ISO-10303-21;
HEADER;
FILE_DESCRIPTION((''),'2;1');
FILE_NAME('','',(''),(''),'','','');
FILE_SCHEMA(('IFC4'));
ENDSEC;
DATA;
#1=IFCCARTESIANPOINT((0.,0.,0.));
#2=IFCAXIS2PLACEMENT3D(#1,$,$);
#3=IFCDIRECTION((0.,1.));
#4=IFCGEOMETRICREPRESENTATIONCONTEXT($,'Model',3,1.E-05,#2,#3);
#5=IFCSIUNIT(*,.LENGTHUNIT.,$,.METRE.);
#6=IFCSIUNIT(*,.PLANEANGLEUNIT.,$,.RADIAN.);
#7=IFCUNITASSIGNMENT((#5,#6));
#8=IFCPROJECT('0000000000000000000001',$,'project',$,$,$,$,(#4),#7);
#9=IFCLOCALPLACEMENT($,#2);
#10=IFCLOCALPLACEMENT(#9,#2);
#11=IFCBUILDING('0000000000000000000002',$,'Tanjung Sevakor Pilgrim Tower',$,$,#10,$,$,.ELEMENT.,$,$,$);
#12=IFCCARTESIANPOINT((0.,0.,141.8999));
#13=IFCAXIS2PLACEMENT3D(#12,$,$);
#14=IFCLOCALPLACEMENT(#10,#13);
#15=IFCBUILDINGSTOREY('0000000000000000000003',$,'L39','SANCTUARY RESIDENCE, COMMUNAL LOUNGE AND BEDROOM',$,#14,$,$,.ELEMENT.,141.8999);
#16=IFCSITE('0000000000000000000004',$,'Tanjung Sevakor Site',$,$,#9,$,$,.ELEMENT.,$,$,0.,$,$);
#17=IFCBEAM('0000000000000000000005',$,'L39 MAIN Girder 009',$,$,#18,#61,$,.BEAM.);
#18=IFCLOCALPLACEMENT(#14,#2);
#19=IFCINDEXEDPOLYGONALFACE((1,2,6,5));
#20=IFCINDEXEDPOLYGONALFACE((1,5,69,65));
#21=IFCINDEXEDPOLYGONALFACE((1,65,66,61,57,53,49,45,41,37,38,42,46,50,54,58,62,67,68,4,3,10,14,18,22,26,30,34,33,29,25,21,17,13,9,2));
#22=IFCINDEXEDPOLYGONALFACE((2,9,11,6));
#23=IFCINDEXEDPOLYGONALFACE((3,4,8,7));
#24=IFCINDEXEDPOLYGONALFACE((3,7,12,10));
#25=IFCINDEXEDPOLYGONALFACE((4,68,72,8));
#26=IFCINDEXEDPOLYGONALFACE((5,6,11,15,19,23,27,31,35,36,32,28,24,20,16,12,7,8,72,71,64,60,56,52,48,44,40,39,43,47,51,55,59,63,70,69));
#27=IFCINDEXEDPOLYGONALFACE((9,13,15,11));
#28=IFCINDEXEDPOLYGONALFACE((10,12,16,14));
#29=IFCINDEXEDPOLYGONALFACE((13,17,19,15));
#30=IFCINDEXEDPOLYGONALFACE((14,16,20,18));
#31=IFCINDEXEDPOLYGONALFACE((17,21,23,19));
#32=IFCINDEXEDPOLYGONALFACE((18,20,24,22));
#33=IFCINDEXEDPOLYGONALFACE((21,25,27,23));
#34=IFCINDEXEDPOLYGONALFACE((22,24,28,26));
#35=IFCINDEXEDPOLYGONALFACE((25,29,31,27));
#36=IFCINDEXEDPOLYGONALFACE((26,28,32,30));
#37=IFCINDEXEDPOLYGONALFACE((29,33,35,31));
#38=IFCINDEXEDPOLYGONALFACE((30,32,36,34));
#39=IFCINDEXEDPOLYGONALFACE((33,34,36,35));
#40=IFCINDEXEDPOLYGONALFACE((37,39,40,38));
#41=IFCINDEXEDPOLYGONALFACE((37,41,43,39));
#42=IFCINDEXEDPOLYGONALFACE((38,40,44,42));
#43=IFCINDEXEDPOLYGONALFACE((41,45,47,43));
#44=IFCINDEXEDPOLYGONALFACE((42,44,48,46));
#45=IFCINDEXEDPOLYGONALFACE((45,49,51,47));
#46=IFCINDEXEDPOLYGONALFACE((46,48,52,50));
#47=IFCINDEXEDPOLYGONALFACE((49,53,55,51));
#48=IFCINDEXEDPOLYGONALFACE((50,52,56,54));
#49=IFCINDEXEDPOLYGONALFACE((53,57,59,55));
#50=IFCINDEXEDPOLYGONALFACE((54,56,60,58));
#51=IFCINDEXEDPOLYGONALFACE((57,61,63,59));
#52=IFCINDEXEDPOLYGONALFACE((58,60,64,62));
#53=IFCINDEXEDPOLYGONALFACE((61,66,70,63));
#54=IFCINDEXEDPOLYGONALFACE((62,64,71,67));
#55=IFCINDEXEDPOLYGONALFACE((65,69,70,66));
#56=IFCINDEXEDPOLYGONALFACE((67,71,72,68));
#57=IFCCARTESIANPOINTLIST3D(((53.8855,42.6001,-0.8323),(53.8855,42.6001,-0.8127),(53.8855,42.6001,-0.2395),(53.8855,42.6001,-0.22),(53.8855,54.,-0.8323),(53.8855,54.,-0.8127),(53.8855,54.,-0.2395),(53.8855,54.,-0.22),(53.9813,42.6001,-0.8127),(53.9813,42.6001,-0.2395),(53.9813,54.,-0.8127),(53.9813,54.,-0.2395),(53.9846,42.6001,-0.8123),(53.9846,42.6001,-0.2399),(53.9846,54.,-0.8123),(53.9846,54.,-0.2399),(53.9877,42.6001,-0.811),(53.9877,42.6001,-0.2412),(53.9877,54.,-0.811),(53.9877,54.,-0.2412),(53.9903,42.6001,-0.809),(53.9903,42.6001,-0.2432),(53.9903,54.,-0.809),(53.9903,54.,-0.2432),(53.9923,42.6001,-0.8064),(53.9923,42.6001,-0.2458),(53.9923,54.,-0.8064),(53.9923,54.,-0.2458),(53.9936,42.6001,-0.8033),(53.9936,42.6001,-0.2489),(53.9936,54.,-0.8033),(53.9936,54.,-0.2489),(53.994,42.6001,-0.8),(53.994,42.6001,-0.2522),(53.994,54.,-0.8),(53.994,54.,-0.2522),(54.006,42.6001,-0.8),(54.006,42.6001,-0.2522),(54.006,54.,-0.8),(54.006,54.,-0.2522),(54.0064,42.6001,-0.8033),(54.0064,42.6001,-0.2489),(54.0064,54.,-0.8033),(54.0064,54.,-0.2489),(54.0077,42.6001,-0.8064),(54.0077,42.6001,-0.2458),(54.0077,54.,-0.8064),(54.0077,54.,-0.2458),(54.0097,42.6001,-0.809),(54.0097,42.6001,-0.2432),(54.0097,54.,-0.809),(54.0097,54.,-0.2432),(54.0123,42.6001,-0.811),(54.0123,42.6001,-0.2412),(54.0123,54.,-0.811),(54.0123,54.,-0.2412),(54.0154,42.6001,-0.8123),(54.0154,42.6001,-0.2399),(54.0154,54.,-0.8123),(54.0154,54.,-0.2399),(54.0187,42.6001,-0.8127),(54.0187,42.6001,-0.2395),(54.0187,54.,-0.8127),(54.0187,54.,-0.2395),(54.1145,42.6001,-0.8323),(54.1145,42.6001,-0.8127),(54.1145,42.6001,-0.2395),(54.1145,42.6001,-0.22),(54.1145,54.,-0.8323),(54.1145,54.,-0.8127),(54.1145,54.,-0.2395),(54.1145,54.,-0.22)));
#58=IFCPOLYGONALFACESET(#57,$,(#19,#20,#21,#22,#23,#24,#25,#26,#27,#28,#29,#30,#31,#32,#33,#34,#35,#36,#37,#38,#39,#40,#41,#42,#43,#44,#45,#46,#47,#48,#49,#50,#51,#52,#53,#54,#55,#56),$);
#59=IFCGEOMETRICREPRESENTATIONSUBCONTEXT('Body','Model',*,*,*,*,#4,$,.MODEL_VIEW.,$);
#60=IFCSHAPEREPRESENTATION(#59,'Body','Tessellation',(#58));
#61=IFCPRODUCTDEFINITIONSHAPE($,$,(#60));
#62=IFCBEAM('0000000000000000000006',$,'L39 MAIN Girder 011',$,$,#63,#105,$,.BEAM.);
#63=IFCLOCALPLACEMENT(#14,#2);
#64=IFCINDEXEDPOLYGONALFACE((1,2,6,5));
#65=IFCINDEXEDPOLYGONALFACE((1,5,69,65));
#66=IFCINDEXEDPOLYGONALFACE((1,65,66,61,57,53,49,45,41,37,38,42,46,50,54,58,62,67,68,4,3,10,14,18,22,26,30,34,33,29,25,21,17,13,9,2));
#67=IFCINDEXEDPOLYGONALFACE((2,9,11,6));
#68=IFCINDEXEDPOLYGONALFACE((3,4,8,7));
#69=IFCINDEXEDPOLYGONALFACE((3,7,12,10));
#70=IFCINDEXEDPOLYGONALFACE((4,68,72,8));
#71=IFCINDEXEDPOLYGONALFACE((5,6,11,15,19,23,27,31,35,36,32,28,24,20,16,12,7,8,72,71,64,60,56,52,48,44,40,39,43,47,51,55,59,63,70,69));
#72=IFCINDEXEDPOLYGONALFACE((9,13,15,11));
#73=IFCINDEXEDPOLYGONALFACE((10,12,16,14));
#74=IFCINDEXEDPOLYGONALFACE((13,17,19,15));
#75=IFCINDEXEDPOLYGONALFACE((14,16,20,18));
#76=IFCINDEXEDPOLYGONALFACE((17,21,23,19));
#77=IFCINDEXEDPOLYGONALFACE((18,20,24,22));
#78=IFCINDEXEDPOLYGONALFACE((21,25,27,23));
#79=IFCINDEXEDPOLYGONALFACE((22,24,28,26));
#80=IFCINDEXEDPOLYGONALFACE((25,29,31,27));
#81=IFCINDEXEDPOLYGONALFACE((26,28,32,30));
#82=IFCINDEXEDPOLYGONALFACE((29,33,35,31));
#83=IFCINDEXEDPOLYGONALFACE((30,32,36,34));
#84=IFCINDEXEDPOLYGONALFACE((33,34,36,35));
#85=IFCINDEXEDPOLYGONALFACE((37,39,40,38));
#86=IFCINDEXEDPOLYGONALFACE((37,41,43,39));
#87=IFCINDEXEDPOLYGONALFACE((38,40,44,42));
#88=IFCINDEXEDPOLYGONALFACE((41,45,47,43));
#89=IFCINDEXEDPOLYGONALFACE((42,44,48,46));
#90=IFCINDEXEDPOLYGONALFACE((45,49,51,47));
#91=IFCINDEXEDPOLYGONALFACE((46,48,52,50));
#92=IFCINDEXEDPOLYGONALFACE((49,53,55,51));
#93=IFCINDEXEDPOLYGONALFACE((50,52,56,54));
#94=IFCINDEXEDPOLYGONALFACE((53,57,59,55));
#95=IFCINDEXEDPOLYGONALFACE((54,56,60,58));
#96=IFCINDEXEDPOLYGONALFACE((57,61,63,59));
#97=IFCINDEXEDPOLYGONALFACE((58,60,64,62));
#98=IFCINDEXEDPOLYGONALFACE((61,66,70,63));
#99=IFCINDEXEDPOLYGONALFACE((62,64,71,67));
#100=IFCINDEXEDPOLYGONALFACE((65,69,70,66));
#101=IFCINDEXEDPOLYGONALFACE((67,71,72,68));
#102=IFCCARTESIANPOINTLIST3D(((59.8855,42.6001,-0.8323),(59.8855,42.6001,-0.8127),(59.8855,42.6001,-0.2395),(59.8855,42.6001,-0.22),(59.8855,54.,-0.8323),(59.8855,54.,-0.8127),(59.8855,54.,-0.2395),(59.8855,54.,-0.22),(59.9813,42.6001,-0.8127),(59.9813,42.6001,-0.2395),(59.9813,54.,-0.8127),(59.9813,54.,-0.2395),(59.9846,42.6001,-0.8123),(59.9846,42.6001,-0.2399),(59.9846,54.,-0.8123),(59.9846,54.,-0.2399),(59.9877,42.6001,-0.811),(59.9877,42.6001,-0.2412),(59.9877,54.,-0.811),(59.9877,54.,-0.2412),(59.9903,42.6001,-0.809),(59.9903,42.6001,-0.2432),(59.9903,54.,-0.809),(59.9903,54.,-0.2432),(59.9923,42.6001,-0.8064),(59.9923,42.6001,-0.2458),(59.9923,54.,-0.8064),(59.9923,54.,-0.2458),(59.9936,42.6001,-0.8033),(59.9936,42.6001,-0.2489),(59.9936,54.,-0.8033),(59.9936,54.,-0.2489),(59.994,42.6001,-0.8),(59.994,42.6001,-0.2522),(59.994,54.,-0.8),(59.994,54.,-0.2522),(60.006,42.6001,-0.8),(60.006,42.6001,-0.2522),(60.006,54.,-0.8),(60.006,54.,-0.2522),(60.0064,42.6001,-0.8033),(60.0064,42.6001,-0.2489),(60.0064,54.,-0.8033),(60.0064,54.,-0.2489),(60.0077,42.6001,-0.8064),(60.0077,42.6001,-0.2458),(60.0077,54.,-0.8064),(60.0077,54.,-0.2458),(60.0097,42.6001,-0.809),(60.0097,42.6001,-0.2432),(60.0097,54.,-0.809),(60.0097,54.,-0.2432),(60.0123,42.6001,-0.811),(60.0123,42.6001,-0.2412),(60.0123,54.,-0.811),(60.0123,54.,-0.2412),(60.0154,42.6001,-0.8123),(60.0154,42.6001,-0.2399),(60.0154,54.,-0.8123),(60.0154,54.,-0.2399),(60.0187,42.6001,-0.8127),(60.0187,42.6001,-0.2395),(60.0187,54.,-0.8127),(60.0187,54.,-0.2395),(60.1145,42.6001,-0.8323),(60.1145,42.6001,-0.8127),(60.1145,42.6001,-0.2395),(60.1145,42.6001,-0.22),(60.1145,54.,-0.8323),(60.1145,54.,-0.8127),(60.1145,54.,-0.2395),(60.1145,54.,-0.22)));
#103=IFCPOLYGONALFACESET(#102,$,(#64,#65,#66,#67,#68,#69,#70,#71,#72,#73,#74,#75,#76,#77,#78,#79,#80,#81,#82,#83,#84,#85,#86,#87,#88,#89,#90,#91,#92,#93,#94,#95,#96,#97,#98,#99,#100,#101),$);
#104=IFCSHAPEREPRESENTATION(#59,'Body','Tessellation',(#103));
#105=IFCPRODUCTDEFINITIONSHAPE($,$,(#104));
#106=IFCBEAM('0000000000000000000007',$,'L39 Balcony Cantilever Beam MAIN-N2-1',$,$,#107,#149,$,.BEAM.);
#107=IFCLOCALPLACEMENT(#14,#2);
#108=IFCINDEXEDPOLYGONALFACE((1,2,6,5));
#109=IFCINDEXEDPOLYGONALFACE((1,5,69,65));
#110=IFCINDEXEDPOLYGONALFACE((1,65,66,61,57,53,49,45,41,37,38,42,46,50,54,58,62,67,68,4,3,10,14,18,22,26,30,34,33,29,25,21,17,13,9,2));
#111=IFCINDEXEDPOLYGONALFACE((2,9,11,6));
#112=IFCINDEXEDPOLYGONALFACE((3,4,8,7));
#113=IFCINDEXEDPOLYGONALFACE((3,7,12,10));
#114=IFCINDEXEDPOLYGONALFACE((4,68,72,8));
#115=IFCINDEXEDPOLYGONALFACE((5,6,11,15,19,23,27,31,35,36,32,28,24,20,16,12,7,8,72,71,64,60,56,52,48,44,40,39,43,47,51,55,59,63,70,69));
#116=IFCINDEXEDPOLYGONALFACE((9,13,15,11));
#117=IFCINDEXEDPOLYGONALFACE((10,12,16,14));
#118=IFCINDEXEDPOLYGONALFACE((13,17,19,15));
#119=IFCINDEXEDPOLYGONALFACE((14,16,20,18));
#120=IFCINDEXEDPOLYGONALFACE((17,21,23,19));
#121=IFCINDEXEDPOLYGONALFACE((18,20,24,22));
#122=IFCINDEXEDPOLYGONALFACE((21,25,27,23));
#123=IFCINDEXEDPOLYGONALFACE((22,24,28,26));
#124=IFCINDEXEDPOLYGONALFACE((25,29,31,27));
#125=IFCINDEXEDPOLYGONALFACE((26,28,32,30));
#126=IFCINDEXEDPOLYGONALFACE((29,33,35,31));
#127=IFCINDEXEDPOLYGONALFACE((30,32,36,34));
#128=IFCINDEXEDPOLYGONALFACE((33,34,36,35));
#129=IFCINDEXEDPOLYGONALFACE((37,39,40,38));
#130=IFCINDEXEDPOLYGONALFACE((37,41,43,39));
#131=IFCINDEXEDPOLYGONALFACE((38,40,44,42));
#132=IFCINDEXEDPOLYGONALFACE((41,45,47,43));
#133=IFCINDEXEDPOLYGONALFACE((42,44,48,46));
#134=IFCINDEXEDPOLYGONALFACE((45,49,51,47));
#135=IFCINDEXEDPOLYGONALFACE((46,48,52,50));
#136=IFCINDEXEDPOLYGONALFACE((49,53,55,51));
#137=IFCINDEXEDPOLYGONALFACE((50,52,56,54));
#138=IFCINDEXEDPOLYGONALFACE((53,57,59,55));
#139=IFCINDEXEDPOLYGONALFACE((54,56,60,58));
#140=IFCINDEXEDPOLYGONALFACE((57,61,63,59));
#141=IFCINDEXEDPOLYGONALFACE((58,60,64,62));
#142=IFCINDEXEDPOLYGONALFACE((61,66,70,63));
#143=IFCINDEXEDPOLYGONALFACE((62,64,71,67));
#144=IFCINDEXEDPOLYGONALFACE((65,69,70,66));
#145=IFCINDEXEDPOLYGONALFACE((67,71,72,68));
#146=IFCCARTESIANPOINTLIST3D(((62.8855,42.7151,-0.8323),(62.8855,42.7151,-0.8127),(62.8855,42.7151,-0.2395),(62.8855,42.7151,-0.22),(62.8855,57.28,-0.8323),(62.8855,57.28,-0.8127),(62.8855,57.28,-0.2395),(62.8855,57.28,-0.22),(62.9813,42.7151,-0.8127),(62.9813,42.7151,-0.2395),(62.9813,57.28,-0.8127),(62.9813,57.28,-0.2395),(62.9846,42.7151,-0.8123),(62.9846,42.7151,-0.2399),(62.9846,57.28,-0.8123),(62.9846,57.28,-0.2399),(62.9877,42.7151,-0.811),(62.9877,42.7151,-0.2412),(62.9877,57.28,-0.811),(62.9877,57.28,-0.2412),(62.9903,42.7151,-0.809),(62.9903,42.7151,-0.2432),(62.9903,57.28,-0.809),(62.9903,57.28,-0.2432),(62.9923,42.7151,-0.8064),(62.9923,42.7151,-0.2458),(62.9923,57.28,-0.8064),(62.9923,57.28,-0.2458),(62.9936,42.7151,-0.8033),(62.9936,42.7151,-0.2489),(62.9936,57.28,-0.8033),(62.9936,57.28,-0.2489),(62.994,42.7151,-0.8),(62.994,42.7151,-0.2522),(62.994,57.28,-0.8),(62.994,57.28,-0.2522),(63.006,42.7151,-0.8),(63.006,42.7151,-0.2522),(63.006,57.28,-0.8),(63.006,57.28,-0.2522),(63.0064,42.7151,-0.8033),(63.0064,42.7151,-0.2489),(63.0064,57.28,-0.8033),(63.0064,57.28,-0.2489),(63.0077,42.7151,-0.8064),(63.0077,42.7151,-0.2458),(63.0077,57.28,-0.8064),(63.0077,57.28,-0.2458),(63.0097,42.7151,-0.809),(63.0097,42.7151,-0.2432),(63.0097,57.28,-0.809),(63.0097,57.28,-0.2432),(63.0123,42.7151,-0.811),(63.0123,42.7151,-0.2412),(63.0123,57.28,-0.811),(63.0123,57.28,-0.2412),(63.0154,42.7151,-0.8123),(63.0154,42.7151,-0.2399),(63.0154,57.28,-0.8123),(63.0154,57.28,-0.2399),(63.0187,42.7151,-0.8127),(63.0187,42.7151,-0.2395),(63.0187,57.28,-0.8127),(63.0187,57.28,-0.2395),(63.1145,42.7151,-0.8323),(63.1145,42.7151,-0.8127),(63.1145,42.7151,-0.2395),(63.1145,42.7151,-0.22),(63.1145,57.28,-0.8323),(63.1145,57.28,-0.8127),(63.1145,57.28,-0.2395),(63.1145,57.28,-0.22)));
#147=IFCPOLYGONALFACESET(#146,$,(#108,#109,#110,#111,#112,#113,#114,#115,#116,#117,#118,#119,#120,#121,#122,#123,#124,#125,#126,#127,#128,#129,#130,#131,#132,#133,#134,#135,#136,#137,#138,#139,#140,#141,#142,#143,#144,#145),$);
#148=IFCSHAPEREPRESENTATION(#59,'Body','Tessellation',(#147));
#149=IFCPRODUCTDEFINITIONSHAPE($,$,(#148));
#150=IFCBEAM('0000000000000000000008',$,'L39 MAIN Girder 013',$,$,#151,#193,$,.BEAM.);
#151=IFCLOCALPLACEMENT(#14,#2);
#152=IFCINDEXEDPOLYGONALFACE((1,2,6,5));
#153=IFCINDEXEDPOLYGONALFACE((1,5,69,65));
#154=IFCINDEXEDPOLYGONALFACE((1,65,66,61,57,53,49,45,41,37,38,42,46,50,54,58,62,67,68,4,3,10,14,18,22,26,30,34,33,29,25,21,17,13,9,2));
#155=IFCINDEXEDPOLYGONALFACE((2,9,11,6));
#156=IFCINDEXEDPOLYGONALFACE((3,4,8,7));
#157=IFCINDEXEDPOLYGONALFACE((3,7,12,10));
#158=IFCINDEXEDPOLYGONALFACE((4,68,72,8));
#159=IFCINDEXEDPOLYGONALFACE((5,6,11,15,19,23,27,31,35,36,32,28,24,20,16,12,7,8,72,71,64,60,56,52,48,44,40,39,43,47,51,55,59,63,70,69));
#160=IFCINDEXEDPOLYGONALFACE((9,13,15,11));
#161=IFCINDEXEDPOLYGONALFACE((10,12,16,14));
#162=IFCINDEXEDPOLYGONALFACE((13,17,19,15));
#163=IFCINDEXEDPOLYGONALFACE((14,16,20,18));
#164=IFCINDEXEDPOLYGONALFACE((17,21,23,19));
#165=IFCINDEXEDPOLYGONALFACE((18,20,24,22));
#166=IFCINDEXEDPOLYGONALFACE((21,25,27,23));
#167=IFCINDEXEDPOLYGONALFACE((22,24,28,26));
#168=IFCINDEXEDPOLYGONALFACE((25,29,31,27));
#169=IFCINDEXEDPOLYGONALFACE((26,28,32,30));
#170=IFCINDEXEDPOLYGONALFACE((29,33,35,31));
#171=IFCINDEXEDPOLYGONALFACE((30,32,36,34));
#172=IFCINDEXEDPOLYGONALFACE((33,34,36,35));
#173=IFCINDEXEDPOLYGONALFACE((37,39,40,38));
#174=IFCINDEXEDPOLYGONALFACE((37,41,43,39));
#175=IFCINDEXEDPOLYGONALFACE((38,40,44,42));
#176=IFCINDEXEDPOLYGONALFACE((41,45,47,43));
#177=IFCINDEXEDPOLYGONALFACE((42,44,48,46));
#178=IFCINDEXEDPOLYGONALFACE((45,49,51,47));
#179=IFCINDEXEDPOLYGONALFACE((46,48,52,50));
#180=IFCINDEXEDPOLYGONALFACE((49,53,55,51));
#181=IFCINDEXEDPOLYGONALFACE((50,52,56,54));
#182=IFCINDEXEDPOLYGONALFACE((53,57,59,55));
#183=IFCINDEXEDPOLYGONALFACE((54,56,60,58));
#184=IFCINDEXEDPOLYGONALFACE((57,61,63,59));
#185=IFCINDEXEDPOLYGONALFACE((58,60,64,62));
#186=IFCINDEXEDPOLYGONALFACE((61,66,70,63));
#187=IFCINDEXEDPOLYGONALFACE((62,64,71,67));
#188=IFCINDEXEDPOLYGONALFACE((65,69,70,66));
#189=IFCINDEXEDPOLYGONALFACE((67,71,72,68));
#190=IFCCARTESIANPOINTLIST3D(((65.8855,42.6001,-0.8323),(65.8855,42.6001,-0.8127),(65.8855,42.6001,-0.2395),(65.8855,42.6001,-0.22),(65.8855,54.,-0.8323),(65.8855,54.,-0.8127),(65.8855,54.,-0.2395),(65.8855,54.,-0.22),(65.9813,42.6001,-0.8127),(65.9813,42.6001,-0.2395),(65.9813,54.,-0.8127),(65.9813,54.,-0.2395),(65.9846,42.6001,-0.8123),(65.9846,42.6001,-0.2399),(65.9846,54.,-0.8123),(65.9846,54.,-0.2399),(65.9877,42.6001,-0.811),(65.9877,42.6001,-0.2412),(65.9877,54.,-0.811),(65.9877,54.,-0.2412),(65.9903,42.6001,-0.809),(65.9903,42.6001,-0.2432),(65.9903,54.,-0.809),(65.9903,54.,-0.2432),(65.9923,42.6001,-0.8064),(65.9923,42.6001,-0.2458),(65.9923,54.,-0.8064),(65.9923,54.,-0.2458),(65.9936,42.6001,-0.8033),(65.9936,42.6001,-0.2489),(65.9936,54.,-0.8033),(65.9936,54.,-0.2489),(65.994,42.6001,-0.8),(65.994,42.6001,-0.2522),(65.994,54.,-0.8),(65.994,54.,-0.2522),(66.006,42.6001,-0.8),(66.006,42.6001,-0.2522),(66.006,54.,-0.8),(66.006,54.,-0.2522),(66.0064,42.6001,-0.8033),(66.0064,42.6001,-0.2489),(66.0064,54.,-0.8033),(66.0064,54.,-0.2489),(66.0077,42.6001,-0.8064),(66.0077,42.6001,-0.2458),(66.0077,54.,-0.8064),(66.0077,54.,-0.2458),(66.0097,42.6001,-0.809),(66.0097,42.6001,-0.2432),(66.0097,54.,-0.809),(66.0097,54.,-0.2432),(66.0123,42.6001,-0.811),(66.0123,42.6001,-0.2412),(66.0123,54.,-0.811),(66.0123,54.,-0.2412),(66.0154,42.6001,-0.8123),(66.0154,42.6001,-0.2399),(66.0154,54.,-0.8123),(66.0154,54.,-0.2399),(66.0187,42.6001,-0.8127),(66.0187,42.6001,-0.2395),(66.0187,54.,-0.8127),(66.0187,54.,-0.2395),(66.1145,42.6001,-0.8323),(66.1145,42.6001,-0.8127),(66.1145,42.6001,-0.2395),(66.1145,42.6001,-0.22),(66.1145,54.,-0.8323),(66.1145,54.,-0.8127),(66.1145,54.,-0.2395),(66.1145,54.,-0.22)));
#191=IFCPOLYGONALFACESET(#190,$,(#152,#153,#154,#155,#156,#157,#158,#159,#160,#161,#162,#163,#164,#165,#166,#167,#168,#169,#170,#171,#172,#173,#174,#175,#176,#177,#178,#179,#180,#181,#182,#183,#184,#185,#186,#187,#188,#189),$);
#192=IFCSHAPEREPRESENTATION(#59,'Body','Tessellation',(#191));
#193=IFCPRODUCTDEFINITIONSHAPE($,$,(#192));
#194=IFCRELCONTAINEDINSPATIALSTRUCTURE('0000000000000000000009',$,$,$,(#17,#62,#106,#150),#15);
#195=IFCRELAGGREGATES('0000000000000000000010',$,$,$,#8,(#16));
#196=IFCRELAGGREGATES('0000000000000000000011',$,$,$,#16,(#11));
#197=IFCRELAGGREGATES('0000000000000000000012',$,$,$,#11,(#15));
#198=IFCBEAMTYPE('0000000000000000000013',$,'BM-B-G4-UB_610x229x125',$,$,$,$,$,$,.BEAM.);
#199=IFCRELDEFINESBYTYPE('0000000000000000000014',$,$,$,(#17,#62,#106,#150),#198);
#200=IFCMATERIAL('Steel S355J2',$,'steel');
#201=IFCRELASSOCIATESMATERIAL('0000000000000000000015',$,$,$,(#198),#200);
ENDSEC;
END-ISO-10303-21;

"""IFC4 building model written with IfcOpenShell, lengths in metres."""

from ifc_helpers import new_model, si_unit, direction, frame, origin, origin_2d, place, context, subcontext, project, spatial, i_section, extrude, material, material_profile, profile_set, type_object, element, save


model = new_model("IFC4")

# Units and contexts
model_context = context("Model", 3, precision=1e-05, world=origin(), true_north=direction((0.0, 1.0)))
body_context = subcontext(model_context, "Body", "Model", "MODEL_VIEW")
ifc_project = project(units=[si_unit("LENGTHUNIT", "METRE"), si_unit("PLANEANGLEUNIT", "RADIAN")], contexts=[model_context])

# Site, building, storey
site_placement = place(None, origin())
site = spatial("IfcSite", under=ifc_project, at=site_placement, Name="Tanjung Sevakor Site", CompositionType="ELEMENT", RefElevation=0.0)
building_placement = place(site_placement, origin())
building = spatial("IfcBuilding", under=site, at=building_placement, Name="Tanjung Sevakor Pilgrim Tower", CompositionType="ELEMENT")
storey_placement = place(building_placement, frame((0.0, 0.0, 141.8999)))
storey = spatial("IfcBuildingStorey", under=building, at=storey_placement, Name="L39", Description="SANCTUARY RESIDENCE, COMMUNAL LOUNGE AND BEDROOM", CompositionType="ELEMENT", Elevation=141.8999)

# Beams
ifc_material_1 = material(Name="Steel S355J2", Category="steel")
ifc_material_profile_1 = material_profile(ifc_material_1, i_section(OverallWidth=0.229, OverallDepth=0.6123, WebThickness=0.012, FlangeThickness=0.0195, FilletRadius=0.0127, at=origin_2d()))
ifc_profile_set_1 = profile_set([ifc_material_profile_1], Name="Steel S355J2")
beam_type_1 = type_object("IfcBeamType", Name="BM-B-G4-UB_610x229x125", PredefinedType="BEAM", material=ifc_profile_set_1)
for number, where, z_axis, x_axis, name in (
    (1, (54.0, 42.6001, -0.5261), (0.0, 1.0, 0.0), (-1.0, 0.0, 0.0), "L39 MAIN Girder 009"),
    (2, (60.0, 42.6001, -0.5261), (0.0, 1.0, 0.0), (-1.0, 0.0, 0.0), "L39 MAIN Girder 011"),
):
    element("IfcBeam", number, at=place(storey_placement, frame(where, z_axis=z_axis, x_axis=x_axis)), inside=storey, type_object=beam_type_1, Name=name, PredefinedType="BEAM", context=body_context, shape_type="SweptSolid", body=[
        extrude(i_section(OverallWidth=0.229, OverallDepth=0.6123, WebThickness=0.012, FlangeThickness=0.0195, FilletRadius=0.0127, at=origin_2d()), origin(), (0.0, 0.0, 1.0), 11.3999),
    ])
beam_1_placement = place(storey_placement, frame((63.0, 42.7151, -0.5261), z_axis=(0.0, 1.0, 0.0), x_axis=(-1.0, 0.0, 0.0)))
element("IfcBeam", 3, at=beam_1_placement, inside=storey, type_object=beam_type_1, Name="L39 Balcony Cantilever Beam MAIN-N2-1", PredefinedType="BEAM", context=body_context, shape_type="SweptSolid", body=[
    extrude(i_section(OverallWidth=0.229, OverallDepth=0.6123, WebThickness=0.012, FlangeThickness=0.0195, FilletRadius=0.0127, at=origin_2d()), origin(), (0.0, 0.0, 1.0), 14.5649),
])
beam_2_placement = place(storey_placement, frame((66.0, 42.6001, -0.5261), z_axis=(0.0, 1.0, 0.0), x_axis=(-1.0, 0.0, 0.0)))
element("IfcBeam", 4, at=beam_2_placement, inside=storey, type_object=beam_type_1, Name="L39 MAIN Girder 013", PredefinedType="BEAM", context=body_context, shape_type="SweptSolid", body=[
    extrude(i_section(OverallWidth=0.229, OverallDepth=0.6123, WebThickness=0.012, FlangeThickness=0.0195, FilletRadius=0.0127, at=origin_2d()), origin(), (0.0, 0.0, 1.0), 11.3999),
])

save(model, "model.ifc")
